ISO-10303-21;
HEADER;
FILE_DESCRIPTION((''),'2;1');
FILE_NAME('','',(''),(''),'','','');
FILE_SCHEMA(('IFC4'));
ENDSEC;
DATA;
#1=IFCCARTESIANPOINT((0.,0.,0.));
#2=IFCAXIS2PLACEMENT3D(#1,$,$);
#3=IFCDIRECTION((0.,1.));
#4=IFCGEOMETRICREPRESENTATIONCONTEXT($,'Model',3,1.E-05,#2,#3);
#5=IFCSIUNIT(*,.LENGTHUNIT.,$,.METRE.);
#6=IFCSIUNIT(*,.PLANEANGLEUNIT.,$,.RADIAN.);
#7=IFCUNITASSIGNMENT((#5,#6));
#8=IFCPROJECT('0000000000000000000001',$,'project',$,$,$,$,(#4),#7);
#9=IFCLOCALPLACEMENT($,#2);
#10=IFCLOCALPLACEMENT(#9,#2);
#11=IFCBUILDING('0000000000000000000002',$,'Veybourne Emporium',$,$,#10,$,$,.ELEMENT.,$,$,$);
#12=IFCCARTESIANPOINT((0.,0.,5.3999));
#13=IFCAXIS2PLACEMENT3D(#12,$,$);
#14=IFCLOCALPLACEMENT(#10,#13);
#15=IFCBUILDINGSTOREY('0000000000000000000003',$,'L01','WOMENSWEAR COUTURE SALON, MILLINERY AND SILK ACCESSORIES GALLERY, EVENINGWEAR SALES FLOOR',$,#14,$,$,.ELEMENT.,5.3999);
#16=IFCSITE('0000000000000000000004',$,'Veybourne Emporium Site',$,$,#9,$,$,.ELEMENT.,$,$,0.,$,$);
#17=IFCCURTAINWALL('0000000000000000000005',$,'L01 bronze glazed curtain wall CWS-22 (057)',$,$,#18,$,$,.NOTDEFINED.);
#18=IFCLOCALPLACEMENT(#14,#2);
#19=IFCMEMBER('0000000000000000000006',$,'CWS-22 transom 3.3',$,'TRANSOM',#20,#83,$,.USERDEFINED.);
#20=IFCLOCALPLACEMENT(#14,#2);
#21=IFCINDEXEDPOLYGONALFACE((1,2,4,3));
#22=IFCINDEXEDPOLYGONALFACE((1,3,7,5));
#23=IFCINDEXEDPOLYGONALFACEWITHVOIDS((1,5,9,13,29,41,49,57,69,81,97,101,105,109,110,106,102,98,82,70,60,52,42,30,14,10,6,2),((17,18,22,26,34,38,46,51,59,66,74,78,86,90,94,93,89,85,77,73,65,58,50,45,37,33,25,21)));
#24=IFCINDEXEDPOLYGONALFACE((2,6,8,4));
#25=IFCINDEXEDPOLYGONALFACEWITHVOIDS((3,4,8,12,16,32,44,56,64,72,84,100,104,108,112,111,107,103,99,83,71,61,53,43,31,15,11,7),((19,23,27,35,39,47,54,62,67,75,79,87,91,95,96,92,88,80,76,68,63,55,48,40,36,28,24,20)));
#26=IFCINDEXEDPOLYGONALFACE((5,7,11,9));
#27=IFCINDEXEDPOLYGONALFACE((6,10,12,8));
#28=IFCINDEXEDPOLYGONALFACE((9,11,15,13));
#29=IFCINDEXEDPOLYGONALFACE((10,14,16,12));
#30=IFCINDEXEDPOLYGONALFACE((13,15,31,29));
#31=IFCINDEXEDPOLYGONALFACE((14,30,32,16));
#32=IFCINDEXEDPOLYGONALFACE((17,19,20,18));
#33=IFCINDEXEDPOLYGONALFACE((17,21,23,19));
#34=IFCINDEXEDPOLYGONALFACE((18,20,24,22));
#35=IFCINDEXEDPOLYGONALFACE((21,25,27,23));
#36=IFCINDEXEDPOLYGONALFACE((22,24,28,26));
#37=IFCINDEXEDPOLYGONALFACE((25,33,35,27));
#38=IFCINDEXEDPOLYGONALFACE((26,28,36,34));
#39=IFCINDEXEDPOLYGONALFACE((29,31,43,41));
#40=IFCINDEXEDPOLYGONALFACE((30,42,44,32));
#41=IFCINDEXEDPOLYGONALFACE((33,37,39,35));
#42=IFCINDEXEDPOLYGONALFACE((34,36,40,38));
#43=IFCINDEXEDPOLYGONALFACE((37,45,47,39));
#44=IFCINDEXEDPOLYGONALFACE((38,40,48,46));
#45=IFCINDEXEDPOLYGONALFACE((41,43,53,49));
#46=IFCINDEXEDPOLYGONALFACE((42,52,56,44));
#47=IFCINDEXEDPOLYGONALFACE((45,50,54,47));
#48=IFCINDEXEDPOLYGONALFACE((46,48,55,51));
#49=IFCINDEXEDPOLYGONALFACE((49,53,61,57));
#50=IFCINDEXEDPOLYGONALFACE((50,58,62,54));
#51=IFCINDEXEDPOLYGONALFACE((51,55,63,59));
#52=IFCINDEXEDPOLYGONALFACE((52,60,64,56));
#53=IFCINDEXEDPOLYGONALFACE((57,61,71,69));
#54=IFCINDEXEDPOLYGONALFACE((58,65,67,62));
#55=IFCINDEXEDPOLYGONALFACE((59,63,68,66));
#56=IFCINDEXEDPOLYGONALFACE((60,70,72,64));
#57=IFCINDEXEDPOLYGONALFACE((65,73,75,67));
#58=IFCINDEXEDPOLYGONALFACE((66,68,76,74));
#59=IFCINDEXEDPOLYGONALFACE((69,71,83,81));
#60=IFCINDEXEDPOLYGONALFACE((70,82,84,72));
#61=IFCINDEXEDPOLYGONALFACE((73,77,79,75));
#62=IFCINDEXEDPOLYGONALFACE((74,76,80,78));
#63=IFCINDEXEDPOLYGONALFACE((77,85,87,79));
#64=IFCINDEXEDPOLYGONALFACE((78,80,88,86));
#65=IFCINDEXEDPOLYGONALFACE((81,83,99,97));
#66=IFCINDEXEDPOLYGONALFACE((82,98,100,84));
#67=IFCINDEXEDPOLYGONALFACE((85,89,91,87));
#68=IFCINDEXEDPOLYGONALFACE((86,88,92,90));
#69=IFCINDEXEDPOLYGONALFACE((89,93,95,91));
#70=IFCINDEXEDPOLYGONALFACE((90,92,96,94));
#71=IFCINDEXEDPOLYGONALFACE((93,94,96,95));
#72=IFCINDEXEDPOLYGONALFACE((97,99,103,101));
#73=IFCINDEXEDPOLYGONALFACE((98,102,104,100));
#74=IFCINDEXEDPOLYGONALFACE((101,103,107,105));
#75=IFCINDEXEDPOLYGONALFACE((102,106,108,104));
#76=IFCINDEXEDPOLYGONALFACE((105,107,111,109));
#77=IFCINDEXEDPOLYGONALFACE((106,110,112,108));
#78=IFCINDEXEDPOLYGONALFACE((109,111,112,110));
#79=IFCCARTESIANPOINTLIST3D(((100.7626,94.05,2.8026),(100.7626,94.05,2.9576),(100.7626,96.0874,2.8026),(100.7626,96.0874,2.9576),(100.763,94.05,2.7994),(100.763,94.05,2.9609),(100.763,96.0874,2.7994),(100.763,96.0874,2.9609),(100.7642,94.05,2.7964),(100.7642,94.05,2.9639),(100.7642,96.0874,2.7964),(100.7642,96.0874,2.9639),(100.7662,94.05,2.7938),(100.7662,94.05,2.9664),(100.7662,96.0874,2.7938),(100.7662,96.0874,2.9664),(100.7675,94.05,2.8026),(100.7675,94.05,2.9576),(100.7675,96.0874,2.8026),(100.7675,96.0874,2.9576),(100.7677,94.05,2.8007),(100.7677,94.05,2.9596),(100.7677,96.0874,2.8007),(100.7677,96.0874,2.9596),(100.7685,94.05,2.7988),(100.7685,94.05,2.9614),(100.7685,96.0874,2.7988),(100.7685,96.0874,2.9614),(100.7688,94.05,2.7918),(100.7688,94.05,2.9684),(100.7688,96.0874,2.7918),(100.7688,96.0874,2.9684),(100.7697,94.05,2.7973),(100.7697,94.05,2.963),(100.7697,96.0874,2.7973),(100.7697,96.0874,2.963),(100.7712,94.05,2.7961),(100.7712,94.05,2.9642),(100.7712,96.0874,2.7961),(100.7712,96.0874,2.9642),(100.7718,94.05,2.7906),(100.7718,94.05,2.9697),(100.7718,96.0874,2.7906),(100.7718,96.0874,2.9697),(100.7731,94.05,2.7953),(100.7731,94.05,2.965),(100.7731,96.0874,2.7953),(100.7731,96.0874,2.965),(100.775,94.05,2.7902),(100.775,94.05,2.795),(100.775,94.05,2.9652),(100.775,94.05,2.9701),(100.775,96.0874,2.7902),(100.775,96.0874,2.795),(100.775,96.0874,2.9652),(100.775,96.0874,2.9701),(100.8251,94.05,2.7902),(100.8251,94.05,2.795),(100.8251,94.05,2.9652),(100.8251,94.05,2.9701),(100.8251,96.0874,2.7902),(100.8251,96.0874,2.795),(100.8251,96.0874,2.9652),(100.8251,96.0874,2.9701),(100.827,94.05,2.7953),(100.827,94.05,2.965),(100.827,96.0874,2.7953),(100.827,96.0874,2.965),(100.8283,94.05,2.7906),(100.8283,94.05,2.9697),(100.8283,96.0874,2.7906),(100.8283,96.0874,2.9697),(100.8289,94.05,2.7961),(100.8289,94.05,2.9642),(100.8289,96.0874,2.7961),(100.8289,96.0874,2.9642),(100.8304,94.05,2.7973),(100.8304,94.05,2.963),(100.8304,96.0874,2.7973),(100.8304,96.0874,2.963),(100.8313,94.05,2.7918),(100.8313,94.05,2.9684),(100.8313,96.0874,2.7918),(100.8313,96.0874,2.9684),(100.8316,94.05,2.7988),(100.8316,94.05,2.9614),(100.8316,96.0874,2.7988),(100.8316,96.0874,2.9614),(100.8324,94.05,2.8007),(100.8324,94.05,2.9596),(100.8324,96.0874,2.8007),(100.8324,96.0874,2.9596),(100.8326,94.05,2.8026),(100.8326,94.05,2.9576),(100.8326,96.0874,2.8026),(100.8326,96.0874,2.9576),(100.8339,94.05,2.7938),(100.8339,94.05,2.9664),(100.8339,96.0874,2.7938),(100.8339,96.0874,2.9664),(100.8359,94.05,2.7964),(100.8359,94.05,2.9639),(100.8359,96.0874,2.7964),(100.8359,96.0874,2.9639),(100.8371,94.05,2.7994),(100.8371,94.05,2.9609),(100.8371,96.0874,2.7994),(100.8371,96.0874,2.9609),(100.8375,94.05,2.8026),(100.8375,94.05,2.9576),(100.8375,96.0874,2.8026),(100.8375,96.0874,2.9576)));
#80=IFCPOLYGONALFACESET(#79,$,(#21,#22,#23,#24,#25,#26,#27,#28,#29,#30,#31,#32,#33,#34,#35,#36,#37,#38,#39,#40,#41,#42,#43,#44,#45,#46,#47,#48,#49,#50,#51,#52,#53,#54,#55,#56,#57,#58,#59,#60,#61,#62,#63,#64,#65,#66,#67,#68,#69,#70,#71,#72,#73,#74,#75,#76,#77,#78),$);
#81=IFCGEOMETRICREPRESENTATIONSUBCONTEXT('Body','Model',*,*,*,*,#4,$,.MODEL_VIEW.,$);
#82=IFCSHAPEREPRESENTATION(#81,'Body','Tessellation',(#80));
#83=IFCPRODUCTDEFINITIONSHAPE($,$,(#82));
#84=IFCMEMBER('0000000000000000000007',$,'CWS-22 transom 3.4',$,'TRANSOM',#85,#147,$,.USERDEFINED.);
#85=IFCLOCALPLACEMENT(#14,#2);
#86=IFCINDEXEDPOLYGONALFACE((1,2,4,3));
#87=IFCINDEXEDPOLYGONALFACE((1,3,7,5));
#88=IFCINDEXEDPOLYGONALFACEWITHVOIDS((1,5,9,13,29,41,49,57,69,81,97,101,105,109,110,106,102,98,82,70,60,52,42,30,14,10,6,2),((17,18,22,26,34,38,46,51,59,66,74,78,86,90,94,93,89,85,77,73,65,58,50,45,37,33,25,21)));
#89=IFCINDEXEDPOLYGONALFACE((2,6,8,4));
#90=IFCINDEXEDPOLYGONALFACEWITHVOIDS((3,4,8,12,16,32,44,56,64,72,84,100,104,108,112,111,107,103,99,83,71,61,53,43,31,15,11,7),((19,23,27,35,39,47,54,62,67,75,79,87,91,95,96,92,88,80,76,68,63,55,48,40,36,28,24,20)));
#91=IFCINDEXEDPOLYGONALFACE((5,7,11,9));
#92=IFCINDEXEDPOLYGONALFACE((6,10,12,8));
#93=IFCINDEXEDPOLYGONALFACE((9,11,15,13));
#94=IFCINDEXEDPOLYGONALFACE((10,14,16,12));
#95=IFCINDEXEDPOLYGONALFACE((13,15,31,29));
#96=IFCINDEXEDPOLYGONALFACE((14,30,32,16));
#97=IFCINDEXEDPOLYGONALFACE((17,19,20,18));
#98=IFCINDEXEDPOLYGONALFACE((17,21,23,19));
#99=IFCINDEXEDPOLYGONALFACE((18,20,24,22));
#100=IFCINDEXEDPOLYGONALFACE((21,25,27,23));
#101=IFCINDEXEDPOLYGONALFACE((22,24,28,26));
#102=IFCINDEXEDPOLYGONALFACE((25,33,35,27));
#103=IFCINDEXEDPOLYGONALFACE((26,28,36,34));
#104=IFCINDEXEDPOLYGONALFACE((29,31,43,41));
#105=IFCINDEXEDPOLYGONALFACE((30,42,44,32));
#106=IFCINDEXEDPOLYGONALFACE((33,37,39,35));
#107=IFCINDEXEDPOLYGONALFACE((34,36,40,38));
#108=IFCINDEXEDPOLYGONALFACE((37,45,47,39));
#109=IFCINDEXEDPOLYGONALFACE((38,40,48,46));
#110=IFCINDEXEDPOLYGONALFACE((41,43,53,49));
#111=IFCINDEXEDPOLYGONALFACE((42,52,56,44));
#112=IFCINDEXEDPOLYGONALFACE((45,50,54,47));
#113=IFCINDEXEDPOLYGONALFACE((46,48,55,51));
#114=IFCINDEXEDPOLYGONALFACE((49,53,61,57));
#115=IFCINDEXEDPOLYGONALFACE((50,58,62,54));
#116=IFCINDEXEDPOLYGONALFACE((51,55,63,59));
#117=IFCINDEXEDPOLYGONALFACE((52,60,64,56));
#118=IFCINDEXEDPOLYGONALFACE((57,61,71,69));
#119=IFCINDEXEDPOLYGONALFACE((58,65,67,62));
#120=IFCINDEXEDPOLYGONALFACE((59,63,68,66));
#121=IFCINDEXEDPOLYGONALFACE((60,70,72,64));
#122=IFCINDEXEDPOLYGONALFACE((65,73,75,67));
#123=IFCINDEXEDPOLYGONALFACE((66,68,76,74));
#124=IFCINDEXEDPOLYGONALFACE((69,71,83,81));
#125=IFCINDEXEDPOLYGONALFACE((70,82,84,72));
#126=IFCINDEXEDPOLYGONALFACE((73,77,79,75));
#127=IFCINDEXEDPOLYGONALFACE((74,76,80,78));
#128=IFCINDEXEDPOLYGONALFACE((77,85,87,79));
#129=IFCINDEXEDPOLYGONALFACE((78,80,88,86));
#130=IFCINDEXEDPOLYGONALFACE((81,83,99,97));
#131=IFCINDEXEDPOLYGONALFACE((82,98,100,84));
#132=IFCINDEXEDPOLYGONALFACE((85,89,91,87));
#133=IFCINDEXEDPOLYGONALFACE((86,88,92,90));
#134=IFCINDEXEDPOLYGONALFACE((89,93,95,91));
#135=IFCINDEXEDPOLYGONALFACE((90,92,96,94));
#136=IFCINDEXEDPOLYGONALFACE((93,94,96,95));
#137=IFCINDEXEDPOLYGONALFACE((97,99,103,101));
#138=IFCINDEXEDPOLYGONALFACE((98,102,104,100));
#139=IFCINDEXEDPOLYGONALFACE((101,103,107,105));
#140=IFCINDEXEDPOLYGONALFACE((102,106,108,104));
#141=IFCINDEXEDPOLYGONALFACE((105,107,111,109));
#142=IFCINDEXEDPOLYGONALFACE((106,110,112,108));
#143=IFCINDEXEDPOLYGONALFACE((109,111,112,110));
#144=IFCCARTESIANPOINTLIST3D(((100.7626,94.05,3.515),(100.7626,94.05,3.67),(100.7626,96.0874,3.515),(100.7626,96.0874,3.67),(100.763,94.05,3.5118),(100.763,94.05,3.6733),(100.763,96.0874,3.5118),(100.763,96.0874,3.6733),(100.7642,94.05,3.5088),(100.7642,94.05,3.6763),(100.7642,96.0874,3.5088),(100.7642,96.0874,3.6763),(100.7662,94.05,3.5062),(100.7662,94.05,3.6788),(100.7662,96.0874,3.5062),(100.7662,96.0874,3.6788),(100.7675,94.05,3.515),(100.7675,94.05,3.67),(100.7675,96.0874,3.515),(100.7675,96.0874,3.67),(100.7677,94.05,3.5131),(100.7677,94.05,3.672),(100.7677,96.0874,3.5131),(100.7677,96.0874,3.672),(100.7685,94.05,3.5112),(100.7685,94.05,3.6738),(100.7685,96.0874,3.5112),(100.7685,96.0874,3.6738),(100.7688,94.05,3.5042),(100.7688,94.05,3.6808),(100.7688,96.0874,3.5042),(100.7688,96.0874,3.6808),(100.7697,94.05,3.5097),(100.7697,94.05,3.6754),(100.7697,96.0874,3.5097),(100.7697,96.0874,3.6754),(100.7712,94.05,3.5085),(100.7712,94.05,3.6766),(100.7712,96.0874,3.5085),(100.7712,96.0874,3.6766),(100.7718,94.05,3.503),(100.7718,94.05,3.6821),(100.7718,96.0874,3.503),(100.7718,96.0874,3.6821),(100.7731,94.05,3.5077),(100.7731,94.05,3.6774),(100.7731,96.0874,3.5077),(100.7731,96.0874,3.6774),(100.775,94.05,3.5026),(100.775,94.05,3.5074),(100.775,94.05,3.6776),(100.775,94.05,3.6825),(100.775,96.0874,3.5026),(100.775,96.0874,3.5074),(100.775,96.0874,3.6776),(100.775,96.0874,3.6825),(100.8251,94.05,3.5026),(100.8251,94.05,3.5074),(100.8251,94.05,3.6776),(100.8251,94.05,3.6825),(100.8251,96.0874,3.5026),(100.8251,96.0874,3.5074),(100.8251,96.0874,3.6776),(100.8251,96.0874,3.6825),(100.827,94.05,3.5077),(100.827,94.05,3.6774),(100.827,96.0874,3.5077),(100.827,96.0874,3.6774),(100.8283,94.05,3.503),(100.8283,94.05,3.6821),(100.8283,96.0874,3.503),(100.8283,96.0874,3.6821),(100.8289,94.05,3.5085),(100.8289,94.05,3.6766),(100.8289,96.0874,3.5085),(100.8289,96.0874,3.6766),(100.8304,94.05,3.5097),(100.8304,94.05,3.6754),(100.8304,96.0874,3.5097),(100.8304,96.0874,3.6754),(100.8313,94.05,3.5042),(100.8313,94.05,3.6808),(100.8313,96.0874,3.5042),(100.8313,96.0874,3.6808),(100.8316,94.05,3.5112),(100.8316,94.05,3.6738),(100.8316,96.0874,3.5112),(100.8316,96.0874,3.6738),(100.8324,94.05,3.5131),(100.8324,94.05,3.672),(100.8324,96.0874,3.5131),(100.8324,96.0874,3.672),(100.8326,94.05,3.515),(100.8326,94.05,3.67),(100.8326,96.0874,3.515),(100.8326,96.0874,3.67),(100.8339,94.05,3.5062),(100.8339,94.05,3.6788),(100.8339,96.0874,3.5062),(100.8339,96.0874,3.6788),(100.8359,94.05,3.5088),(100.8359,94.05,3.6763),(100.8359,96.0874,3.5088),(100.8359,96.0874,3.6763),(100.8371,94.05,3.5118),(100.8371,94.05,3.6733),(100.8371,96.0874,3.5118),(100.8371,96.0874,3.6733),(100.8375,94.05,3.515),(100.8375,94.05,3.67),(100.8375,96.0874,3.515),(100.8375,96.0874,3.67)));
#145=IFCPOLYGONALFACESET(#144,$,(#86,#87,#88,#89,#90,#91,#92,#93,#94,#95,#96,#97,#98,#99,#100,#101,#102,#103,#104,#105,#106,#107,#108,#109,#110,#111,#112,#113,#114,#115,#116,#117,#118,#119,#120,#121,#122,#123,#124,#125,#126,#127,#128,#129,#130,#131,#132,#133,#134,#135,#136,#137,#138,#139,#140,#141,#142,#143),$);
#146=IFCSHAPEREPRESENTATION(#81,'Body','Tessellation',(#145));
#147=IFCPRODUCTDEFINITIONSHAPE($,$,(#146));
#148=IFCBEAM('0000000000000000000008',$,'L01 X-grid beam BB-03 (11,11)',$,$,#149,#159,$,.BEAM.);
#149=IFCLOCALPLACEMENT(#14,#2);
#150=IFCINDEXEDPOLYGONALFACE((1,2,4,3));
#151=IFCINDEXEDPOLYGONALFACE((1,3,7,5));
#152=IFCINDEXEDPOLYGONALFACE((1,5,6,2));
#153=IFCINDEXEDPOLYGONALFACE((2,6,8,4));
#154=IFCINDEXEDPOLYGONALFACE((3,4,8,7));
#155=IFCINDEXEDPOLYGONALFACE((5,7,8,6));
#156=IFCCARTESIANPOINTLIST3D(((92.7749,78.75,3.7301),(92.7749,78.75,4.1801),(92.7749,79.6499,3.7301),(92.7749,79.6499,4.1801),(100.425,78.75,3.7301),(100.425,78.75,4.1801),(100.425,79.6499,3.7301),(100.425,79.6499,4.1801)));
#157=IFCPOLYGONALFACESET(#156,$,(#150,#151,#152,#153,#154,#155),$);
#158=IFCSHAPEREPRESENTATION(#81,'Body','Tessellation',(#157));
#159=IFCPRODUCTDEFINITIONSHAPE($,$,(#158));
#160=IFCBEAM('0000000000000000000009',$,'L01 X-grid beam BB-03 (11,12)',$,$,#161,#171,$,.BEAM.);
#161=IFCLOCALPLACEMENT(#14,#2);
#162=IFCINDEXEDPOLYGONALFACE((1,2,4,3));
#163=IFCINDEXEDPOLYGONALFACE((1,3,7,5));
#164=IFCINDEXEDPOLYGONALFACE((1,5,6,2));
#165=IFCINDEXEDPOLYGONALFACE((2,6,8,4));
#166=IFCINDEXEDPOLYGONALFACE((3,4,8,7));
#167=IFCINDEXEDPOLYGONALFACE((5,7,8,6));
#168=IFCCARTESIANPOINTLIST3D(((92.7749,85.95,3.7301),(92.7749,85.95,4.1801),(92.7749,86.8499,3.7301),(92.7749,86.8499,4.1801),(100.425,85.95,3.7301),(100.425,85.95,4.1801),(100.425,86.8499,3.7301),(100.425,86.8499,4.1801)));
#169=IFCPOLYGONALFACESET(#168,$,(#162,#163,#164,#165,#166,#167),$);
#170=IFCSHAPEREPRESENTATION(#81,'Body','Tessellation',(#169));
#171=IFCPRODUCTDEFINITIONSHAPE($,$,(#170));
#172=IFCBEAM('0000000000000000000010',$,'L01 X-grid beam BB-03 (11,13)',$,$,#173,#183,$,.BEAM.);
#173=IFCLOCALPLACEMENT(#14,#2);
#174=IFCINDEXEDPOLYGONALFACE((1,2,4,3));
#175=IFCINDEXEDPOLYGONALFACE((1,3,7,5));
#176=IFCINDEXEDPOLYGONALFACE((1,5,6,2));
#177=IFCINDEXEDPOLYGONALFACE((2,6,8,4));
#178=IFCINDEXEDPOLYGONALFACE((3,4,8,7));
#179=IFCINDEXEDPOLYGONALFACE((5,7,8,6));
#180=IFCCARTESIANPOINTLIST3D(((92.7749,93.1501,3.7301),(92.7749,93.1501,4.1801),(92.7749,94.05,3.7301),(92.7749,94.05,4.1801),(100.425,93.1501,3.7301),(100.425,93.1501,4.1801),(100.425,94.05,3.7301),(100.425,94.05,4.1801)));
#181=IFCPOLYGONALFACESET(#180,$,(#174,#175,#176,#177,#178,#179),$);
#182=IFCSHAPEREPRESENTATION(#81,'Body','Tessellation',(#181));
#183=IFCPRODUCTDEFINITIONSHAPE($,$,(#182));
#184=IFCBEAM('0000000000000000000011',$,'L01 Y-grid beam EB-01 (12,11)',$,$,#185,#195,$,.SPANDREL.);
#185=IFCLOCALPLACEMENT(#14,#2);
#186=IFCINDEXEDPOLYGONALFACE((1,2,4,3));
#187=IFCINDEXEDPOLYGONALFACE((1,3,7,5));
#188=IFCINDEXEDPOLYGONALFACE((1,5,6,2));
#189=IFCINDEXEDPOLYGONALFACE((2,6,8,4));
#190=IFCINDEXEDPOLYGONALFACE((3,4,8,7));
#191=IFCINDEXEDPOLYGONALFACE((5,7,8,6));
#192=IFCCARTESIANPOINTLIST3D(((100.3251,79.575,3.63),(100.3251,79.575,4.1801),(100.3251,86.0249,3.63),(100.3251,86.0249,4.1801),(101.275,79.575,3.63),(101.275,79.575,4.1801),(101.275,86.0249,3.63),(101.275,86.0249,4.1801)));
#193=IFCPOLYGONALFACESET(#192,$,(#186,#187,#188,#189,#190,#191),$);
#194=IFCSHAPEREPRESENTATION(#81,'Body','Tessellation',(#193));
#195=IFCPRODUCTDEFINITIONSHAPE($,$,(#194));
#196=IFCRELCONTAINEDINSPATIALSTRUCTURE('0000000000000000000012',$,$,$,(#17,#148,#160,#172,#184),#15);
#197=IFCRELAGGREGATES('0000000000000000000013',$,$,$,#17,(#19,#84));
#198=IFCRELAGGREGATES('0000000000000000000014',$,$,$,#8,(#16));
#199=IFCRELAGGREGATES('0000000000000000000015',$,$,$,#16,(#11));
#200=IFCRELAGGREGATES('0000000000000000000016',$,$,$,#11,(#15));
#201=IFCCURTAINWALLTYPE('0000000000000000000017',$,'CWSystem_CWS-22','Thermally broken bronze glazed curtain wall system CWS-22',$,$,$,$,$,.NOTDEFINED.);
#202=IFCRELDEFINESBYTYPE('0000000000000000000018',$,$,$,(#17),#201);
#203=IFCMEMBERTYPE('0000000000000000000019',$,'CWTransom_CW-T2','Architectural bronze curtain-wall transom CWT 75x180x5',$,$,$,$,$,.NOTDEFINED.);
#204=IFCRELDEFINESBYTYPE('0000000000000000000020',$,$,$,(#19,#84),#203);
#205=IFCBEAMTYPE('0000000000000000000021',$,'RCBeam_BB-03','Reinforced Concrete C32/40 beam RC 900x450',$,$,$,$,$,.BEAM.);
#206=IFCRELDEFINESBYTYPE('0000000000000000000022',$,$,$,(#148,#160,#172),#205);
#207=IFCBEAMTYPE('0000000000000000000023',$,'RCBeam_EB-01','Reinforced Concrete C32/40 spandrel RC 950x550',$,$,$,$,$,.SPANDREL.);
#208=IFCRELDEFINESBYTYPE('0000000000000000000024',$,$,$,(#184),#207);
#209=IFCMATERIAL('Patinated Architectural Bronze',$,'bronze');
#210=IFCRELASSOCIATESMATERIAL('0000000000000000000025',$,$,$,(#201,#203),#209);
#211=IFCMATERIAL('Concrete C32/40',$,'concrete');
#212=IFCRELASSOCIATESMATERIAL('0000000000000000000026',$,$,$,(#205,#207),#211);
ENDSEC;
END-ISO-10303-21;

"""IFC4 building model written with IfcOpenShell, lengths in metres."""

from ifc_helpers import new_model, si_unit, direction, frame, origin, origin_2d, place, context, subcontext, project, spatial, rectangle, hollow_rectangle, extrude, material, material_profile, profile_set, type_object, element, aggregate, save


model = new_model("IFC4")

# Units and contexts
model_context = context("Model", 3, precision=1e-05, world=origin(), true_north=direction((0.0, 1.0)))
body_context = subcontext(model_context, "Body", "Model", "MODEL_VIEW")
ifc_project = project(units=[si_unit("LENGTHUNIT", "METRE"), si_unit("PLANEANGLEUNIT", "RADIAN")], contexts=[model_context])

# Site, building, storey
site_placement = place(None, origin())
site = spatial("IfcSite", under=ifc_project, at=site_placement, Name="Veybourne Emporium Site", CompositionType="ELEMENT", RefElevation=0.0)
building_placement = place(site_placement, origin())
building = spatial("IfcBuilding", under=site, at=building_placement, Name="Veybourne Emporium", CompositionType="ELEMENT")
storey_placement = place(building_placement, frame((0.0, 0.0, 5.3999)))
storey = spatial("IfcBuildingStorey", under=building, at=storey_placement, Name="L01", Description="WOMENSWEAR COUTURE SALON, MILLINERY AND SILK ACCESSORIES GALLERY, EVENINGWEAR SALES FLOOR", CompositionType="ELEMENT", Elevation=5.3999)

# Curtain wall, members
ifc_material_1 = material(Name="Patinated Architectural Bronze", Category="bronze")
curtain_wall_type = type_object("IfcCurtainWallType", Name="CWSystem_CWS-22", Description="Thermally broken bronze glazed curtain wall system CWS-22", PredefinedType="NOTDEFINED", material=ifc_material_1)
curtain_wall_placement = place(storey_placement, origin())
curtain_wall = element("IfcCurtainWall", 1, at=curtain_wall_placement, inside=storey, type_object=curtain_wall_type, Name="L01 bronze glazed curtain wall CWS-22 (057)", PredefinedType="NOTDEFINED")
ifc_material_profile_1 = material_profile(ifc_material_1, hollow_rectangle(XDim=0.075, YDim=0.1799, WallThickness=0.0049, InnerFilletRadius=0.0076, OuterFilletRadius=0.0125, at=origin_2d()), Name="CWT 75x180x5")
ifc_profile_set_1 = profile_set([ifc_material_profile_1], Name="Patinated Architectural Bronze")
member_type_1 = type_object("IfcMemberType", Name="CWTransom_CW-T2", Description="Architectural bronze curtain-wall transom CWT 75x180x5", PredefinedType="NOTDEFINED", material=ifc_profile_set_1)
member_1_placement = place(storey_placement, frame((100.8, 96.0874, 2.8801), z_axis=(0.0, -1.0, 0.0), x_axis=(1.0, 0.0, 0.0)))
member_1 = element("IfcMember", 2, at=member_1_placement, type_object=member_type_1, Name="CWS-22 transom 3.3", ObjectType="TRANSOM", PredefinedType="USERDEFINED", context=body_context, shape_type="SweptSolid", body=[
    extrude(hollow_rectangle(XDim=0.075, YDim=0.1799, WallThickness=0.0049, InnerFilletRadius=0.0076, OuterFilletRadius=0.0125, at=origin_2d()), origin(), (0.0, 0.0, 1.0), 2.0374),
])
member_2_placement = place(storey_placement, frame((100.8, 96.0874, 3.5925), z_axis=(0.0, -1.0, 0.0), x_axis=(1.0, 0.0, 0.0)))
member_2 = element("IfcMember", 3, at=member_2_placement, type_object=member_type_1, Name="CWS-22 transom 3.4", ObjectType="TRANSOM", PredefinedType="USERDEFINED", context=body_context, shape_type="SweptSolid", body=[
    extrude(hollow_rectangle(XDim=0.075, YDim=0.1799, WallThickness=0.0049, InnerFilletRadius=0.0076, OuterFilletRadius=0.0125, at=origin_2d()), origin(), (0.0, 0.0, 1.0), 2.0374),
])

# Beams
ifc_material_2 = material(Name="Concrete C32/40", Category="concrete")
ifc_material_profile_2 = material_profile(ifc_material_2, rectangle(XDim=0.8999, YDim=0.45, at=origin_2d()), Name="RC 900x450")
ifc_profile_set_2 = profile_set([ifc_material_profile_2], Name="Concrete C32/40")
beam_type_1 = type_object("IfcBeamType", Name="RCBeam_BB-03", Description="Reinforced Concrete C32/40 beam RC 900x450", PredefinedType="BEAM", material=ifc_profile_set_2)
for number, where, z_axis, x_axis, name in (
    (4, (92.7749, 79.2, 3.9551), (1.0, 0.0, 0.0), (0.0, 1.0, 0.0), "L01 X-grid beam BB-03 (11,11)"),
    (5, (92.7749, 86.3999, 3.9551), (1.0, 0.0, 0.0), (0.0, 1.0, 0.0), "L01 X-grid beam BB-03 (11,12)"),
    (6, (92.7749, 93.6001, 3.9551), (1.0, 0.0, 0.0), (0.0, 1.0, 0.0), "L01 X-grid beam BB-03 (11,13)"),
):
    element("IfcBeam", number, at=place(storey_placement, frame(where, z_axis=z_axis, x_axis=x_axis)), inside=storey, type_object=beam_type_1, Name=name, PredefinedType="BEAM", context=body_context, shape_type="SweptSolid", body=[
        extrude(rectangle(XDim=0.8999, YDim=0.45, at=origin_2d()), origin(), (0.0, 0.0, 1.0), 7.6501),
    ])
ifc_material_profile_3 = material_profile(ifc_material_2, rectangle(XDim=0.95, YDim=0.55, at=origin_2d()), Name="RC 950x550")
ifc_profile_set_3 = profile_set([ifc_material_profile_3], Name="Concrete C32/40")
beam_type_2 = type_object("IfcBeamType", Name="RCBeam_EB-01", Description="Reinforced Concrete C32/40 spandrel RC 950x550", PredefinedType="SPANDREL", material=ifc_profile_set_3)
beam_1_placement = place(storey_placement, frame((100.8, 79.575, 3.905), z_axis=(0.0, 1.0, 0.0), x_axis=(-1.0, 0.0, 0.0)))
element("IfcBeam", 7, at=beam_1_placement, inside=storey, type_object=beam_type_2, Name="L01 Y-grid beam EB-01 (12,11)", PredefinedType="SPANDREL", context=body_context, shape_type="SweptSolid", body=[
    extrude(rectangle(XDim=0.95, YDim=0.55, at=origin_2d()), origin(), (0.0, 0.0, 1.0), 6.45),
])

aggregate(curtain_wall, [member_1, member_2])

save(model, "model.ifc")
